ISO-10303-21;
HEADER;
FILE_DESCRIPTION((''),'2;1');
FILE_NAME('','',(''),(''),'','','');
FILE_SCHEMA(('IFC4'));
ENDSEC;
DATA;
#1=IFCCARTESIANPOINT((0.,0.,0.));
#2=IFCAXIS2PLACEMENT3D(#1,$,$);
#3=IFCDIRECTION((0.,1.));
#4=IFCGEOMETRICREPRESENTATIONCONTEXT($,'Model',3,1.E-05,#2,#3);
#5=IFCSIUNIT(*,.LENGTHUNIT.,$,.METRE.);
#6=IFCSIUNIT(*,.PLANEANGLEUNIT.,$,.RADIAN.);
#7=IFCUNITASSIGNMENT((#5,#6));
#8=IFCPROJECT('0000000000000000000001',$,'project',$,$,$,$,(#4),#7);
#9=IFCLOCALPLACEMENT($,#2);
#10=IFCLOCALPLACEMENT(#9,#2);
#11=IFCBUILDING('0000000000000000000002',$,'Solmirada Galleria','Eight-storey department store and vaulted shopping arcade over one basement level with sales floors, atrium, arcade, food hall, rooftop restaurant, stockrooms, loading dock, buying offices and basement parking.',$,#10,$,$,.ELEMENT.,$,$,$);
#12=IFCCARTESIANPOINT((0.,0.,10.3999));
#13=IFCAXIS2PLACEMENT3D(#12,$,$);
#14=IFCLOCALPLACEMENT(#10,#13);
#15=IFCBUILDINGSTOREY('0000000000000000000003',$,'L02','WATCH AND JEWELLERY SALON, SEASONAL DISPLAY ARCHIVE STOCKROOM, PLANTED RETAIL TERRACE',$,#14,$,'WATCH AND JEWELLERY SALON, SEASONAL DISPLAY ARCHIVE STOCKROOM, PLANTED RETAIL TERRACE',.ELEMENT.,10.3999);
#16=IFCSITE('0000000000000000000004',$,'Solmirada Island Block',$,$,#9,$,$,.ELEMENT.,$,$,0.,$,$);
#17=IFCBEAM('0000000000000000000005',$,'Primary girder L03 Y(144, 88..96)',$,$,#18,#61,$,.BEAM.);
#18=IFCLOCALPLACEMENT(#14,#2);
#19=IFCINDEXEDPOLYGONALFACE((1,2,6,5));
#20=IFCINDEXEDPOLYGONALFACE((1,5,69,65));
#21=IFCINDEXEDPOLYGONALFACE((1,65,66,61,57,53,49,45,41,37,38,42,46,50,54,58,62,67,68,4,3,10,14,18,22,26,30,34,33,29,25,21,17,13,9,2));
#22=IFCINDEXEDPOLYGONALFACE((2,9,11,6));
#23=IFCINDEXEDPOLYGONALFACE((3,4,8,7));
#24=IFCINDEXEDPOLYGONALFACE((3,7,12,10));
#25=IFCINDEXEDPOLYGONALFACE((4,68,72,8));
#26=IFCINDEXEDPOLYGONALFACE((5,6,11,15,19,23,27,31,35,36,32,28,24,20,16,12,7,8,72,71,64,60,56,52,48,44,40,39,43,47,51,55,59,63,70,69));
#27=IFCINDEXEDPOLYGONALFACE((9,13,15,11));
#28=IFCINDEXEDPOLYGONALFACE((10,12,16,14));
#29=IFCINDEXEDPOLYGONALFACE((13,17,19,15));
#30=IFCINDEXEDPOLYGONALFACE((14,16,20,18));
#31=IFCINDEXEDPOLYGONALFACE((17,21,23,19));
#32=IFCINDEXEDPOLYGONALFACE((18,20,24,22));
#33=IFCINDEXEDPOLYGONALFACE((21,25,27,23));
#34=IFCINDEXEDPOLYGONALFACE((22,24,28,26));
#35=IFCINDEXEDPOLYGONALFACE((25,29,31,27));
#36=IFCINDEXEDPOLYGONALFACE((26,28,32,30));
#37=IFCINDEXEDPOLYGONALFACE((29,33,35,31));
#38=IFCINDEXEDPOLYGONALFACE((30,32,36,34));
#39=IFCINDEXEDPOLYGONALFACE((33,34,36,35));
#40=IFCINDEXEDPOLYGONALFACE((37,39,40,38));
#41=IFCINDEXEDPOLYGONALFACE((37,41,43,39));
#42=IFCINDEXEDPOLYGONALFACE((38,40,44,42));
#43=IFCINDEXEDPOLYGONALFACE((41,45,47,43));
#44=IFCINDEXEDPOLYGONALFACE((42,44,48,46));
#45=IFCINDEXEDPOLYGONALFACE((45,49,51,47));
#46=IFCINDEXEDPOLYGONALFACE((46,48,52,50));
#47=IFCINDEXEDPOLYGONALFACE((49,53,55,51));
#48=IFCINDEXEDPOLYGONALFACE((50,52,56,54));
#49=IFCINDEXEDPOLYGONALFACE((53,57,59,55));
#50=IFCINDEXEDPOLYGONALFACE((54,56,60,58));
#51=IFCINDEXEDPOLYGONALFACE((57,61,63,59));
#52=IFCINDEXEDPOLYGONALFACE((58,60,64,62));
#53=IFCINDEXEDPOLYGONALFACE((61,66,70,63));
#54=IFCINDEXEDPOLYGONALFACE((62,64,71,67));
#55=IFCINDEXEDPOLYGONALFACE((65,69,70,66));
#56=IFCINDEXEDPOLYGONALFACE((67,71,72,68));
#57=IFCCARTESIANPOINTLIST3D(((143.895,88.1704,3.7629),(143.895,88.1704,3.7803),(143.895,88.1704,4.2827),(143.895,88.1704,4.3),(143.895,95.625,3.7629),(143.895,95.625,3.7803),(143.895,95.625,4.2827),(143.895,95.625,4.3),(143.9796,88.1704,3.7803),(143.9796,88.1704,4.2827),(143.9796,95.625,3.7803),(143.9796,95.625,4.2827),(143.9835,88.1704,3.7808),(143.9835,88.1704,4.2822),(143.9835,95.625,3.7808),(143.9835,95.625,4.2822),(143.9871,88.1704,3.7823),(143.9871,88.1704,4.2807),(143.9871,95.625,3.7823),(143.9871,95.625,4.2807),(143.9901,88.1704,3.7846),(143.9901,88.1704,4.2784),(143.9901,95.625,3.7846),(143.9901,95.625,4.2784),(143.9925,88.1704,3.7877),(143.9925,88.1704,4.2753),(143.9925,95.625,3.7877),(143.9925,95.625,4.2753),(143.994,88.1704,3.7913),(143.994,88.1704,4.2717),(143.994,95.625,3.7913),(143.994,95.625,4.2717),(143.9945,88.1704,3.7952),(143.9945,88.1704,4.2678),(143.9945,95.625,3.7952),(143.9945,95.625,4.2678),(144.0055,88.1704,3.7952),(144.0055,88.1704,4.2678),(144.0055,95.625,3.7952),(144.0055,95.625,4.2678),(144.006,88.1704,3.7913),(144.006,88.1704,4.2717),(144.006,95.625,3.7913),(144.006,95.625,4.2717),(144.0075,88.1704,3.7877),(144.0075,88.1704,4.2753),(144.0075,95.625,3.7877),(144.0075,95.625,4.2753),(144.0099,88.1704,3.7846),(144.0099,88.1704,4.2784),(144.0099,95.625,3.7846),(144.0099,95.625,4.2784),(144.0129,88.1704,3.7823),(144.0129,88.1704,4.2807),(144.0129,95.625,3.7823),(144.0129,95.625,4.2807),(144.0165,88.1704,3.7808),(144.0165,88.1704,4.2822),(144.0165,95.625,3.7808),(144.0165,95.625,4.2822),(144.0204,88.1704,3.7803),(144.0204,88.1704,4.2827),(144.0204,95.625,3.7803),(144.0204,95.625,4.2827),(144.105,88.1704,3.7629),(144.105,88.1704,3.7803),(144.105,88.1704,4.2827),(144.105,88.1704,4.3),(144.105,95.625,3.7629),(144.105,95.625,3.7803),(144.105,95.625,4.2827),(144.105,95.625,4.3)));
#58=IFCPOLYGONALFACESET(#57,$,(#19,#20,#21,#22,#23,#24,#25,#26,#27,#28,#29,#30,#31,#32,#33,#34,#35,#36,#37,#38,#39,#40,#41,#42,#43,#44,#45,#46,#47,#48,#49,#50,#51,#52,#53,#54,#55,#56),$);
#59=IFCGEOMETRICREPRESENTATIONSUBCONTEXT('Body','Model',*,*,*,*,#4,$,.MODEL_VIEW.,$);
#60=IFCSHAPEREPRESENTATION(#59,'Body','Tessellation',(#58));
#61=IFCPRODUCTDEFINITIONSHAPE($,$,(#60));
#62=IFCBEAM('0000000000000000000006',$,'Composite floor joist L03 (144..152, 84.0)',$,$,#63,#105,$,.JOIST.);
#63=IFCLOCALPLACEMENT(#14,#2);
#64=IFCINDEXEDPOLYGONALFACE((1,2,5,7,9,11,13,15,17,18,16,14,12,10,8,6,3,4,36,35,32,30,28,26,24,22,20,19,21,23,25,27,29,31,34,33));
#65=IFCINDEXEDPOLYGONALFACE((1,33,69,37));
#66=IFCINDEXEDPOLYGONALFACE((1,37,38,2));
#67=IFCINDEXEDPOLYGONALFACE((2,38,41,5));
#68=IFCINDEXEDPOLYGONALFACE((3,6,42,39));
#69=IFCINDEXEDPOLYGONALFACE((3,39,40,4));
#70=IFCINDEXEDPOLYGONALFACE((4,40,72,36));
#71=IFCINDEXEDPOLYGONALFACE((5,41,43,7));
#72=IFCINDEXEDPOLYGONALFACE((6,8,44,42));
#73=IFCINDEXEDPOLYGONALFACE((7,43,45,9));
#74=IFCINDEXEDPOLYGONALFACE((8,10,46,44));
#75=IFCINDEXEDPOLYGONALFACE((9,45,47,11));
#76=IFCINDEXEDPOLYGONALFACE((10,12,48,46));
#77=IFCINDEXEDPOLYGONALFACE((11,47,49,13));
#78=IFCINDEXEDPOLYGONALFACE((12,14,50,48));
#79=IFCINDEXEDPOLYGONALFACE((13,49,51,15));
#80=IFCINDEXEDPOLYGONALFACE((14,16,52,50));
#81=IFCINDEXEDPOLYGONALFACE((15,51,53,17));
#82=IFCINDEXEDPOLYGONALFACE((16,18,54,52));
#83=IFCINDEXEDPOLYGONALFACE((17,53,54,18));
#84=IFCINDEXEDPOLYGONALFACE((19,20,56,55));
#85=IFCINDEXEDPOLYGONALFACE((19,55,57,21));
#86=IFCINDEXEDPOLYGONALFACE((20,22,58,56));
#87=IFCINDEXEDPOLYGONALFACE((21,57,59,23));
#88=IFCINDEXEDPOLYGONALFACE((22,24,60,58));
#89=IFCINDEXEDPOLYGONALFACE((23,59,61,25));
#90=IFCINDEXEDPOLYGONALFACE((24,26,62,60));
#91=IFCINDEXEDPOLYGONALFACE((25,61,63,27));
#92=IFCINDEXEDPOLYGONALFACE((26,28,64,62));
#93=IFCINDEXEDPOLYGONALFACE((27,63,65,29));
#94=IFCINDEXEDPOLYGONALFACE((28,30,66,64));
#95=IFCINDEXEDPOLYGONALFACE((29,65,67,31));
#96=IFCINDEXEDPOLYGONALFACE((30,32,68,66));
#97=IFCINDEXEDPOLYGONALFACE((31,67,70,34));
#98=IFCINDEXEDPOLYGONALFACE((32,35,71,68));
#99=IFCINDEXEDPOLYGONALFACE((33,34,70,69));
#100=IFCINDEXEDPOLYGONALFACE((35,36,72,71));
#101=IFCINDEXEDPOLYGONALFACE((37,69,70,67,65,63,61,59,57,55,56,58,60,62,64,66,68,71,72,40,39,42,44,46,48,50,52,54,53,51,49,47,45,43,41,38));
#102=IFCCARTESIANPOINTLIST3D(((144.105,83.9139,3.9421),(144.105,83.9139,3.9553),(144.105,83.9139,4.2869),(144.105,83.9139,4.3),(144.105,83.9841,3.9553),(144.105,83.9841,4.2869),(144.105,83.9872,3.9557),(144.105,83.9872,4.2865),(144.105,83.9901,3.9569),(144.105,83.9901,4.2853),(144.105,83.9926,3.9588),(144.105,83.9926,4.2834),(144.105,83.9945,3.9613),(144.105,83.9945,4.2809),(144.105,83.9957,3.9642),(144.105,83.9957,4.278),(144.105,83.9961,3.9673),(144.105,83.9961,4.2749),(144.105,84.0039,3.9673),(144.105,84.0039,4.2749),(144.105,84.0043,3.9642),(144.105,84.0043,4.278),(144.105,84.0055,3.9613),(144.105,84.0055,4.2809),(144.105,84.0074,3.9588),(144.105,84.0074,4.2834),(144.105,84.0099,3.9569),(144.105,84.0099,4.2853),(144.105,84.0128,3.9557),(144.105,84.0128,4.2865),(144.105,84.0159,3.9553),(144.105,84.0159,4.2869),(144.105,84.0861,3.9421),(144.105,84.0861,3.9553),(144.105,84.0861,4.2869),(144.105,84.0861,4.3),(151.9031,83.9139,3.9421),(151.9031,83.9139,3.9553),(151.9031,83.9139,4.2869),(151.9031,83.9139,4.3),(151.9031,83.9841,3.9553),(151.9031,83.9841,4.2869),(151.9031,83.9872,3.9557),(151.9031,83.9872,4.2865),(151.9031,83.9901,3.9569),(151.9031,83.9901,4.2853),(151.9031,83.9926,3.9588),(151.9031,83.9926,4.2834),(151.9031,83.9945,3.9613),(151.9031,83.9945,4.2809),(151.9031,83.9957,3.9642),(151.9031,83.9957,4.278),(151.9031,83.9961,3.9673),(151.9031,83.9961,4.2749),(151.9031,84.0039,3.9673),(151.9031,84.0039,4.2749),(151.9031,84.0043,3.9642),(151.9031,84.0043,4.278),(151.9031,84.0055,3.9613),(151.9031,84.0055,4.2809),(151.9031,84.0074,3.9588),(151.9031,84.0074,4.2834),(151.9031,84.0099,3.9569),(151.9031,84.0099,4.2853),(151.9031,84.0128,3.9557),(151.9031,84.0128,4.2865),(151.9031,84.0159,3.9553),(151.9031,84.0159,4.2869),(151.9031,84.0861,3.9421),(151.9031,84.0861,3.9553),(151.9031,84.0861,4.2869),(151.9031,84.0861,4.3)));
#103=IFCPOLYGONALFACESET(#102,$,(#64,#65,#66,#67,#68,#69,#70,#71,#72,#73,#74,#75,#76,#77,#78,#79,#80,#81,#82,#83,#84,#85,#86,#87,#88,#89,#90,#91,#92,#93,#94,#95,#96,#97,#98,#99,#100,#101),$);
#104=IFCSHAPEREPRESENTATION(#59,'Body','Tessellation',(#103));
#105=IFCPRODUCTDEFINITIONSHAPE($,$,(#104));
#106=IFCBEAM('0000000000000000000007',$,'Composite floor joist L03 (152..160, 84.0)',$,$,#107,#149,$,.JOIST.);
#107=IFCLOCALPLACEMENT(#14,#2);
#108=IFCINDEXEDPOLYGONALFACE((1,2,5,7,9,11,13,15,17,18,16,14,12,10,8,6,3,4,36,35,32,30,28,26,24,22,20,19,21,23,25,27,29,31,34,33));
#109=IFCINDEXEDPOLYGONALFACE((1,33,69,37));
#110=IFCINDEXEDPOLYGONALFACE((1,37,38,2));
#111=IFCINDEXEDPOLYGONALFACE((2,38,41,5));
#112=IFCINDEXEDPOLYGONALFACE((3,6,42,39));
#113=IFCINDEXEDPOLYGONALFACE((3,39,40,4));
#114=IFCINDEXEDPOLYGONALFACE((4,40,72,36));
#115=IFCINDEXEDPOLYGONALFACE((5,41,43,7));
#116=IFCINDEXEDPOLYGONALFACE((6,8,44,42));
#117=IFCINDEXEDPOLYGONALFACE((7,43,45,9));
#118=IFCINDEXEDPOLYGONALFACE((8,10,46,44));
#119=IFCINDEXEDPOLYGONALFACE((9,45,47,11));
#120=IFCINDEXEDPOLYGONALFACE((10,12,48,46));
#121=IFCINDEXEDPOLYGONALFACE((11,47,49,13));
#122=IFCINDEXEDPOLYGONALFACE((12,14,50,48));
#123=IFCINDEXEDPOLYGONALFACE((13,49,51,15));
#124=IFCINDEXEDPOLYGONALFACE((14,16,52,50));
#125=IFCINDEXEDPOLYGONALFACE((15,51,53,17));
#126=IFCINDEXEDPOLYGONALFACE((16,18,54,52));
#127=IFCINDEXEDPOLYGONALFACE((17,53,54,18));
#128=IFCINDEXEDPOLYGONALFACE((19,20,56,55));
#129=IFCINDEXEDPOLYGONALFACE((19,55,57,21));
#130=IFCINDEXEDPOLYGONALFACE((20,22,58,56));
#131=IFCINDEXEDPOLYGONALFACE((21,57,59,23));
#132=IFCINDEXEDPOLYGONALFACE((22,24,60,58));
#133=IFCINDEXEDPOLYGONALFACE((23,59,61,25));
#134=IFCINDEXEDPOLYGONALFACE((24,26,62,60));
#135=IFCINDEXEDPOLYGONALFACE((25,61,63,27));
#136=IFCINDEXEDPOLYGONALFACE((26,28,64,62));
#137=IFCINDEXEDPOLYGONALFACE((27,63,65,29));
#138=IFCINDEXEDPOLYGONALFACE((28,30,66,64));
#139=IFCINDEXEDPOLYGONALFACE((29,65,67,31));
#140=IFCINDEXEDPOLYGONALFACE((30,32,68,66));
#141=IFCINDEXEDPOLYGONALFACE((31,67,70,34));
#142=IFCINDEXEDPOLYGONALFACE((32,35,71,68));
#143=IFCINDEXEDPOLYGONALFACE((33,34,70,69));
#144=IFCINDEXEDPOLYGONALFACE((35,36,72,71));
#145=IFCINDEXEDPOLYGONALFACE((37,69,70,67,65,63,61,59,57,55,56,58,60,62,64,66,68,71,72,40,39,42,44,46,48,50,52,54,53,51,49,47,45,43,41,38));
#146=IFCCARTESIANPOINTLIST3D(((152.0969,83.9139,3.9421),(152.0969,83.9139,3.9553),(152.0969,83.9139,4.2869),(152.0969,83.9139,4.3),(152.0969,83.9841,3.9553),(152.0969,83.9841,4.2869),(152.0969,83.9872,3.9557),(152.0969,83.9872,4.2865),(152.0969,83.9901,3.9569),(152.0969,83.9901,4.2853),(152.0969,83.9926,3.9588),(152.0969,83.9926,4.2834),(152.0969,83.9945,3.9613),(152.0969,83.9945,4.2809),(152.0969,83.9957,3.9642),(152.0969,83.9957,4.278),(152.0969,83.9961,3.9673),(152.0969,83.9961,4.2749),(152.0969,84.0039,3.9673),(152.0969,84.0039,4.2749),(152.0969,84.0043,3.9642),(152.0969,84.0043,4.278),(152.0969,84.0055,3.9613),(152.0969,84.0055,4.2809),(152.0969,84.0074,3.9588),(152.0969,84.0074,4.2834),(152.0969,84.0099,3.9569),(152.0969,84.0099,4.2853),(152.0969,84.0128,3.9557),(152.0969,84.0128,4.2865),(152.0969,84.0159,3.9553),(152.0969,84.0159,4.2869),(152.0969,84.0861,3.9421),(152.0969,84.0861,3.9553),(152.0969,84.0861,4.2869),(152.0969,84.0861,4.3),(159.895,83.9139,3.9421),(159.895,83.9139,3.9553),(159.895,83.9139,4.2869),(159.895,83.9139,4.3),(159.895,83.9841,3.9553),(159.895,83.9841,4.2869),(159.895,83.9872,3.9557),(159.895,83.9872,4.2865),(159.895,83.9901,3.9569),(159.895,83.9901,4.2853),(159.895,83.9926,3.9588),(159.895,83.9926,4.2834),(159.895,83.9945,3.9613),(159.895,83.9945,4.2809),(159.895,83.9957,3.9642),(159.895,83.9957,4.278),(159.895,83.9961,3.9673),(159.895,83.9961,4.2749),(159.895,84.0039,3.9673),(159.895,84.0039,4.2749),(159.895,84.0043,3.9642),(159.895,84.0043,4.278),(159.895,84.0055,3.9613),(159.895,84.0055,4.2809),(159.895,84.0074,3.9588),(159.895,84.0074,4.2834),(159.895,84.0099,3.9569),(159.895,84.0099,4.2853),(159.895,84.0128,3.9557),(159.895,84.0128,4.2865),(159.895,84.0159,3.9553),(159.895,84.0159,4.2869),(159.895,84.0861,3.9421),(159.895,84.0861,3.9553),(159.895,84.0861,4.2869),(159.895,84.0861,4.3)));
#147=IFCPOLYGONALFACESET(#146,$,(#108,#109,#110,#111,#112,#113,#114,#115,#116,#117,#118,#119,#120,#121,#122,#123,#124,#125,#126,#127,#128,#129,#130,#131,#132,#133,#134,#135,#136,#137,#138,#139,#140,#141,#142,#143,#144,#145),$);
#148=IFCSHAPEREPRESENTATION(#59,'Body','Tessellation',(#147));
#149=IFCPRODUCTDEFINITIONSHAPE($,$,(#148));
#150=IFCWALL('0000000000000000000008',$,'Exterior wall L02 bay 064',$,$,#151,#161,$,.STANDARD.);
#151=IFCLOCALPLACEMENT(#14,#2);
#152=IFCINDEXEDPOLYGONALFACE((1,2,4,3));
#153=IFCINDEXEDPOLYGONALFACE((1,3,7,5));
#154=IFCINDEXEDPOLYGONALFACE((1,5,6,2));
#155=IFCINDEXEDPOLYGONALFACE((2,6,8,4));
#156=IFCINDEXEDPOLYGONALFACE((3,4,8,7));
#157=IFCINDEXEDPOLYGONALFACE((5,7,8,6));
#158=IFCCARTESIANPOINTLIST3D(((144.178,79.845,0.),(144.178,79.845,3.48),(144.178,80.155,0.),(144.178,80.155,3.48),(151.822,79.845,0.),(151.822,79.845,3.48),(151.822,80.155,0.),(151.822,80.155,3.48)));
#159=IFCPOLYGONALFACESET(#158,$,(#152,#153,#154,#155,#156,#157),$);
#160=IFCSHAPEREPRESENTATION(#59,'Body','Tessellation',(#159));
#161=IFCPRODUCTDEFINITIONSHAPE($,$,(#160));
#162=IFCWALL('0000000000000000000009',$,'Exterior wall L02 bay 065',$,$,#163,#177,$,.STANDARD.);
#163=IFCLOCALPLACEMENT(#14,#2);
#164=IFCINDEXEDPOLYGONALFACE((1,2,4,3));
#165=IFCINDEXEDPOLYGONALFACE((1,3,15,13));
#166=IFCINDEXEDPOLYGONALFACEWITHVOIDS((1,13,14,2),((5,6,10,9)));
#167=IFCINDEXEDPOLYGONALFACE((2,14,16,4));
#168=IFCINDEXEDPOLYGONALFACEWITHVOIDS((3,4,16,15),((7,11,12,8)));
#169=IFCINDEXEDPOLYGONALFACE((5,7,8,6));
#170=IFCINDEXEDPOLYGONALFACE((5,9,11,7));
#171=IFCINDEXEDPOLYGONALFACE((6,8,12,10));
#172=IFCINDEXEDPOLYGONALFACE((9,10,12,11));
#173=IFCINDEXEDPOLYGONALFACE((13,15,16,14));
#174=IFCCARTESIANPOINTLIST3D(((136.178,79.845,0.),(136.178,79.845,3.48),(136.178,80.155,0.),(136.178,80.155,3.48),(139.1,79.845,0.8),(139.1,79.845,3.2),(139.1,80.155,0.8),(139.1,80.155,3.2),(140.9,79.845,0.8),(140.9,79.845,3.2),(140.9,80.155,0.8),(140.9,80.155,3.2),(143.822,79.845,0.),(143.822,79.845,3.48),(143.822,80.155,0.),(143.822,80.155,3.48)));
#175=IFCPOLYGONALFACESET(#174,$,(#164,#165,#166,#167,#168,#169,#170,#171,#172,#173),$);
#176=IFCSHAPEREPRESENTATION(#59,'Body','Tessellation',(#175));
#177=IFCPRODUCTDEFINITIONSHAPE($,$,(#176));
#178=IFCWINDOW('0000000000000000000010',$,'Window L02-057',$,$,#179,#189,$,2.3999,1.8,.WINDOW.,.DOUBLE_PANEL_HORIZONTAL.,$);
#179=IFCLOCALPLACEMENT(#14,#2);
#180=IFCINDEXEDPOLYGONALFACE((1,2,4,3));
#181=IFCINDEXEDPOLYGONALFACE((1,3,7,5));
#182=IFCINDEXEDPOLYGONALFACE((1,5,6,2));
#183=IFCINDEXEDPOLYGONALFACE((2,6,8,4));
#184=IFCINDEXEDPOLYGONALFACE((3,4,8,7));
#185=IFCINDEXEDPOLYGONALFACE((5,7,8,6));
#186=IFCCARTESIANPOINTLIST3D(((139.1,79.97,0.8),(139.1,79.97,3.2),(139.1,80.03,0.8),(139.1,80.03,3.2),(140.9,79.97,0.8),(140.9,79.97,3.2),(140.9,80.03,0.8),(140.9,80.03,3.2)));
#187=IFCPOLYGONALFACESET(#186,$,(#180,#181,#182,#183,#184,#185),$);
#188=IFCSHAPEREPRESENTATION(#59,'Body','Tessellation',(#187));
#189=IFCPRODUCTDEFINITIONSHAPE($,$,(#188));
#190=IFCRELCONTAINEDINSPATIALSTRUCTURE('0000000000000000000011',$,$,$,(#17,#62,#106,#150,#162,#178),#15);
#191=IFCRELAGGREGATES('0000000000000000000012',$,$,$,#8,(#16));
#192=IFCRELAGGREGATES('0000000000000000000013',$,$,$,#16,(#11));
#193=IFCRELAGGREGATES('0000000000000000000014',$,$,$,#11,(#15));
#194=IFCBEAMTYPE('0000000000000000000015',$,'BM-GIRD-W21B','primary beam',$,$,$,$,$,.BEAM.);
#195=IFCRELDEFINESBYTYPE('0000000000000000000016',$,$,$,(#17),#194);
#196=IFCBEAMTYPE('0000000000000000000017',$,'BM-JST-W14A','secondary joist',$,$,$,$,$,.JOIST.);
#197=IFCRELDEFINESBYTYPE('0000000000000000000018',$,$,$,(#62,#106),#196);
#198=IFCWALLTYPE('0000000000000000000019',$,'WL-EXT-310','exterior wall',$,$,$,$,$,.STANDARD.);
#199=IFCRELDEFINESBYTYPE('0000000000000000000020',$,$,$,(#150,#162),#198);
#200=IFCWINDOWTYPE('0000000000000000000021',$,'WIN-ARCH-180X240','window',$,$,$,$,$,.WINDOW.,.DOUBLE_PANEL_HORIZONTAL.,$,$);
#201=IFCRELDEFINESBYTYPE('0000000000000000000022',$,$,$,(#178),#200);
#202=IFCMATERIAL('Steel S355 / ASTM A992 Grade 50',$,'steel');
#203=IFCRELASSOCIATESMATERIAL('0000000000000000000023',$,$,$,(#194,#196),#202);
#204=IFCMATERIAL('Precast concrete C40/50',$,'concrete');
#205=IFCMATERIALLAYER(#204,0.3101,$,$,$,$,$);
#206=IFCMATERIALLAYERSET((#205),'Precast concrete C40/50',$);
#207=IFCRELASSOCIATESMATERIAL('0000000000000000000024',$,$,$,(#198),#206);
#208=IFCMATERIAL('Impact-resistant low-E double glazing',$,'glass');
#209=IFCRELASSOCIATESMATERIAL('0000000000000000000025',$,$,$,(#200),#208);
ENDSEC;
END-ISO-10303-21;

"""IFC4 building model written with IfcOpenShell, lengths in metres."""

from ifc_helpers import new_model, si_unit, direction, frame, frame_2d, origin, origin_2d, place, context, subcontext, project, spatial, rectangle, i_section, extrude, material, layer, layer_set, material_profile, profile_set, type_object, element, fill, save


model = new_model("IFC4")

# Units and contexts
model_context = context("Model", 3, precision=1e-05, world=origin(), true_north=direction((0.0, 1.0)))
body_context = subcontext(model_context, "Body", "Model", "MODEL_VIEW")
ifc_project = project(units=[si_unit("LENGTHUNIT", "METRE"), si_unit("PLANEANGLEUNIT", "RADIAN")], contexts=[model_context])

# Site, building, storey
site_placement = place(None, origin())
site = spatial("IfcSite", under=ifc_project, at=site_placement, Name="Solmirada Island Block", CompositionType="ELEMENT", RefElevation=0.0)
building_placement = place(site_placement, origin())
building = spatial("IfcBuilding", under=site, at=building_placement, Name="Solmirada Galleria", Description="Eight-storey department store and vaulted shopping arcade over one basement level with sales floors, atrium, arcade, food hall, rooftop restaurant, stockrooms, loading dock, buying offices and basement parking.", CompositionType="ELEMENT")
storey_placement = place(building_placement, frame((0.0, 0.0, 10.3999)))
storey = spatial("IfcBuildingStorey", under=building, at=storey_placement, Name="L02", Description="WATCH AND JEWELLERY SALON, SEASONAL DISPLAY ARCHIVE STOCKROOM, PLANTED RETAIL TERRACE", LongName="WATCH AND JEWELLERY SALON, SEASONAL DISPLAY ARCHIVE STOCKROOM, PLANTED RETAIL TERRACE", CompositionType="ELEMENT", Elevation=10.3999)

# Beams
ifc_material_1 = material(Name="Steel S355 / ASTM A992 Grade 50", Category="steel")
ifc_material_profile_1 = material_profile(ifc_material_1, i_section(OverallWidth=0.21, OverallDepth=0.5371, WebThickness=0.011, FlangeThickness=0.0173, FilletRadius=0.0149, at=origin_2d()), Name="W21X68")
ifc_profile_set_1 = profile_set([ifc_material_profile_1], Name="Steel S355 / ASTM A992 Grade 50")
beam_type_1 = type_object("IfcBeamType", Name="BM-GIRD-W21B", Description="primary beam", PredefinedType="BEAM", material=ifc_profile_set_1)
beam_1_placement = place(storey_placement, frame((144.0, 88.1704, 4.0315), z_axis=(0.0, 1.0, 0.0), x_axis=(-1.0, 0.0, 0.0)))
element("IfcBeam", 1, at=beam_1_placement, inside=storey, type_object=beam_type_1, Name="Primary girder L03 Y(144, 88..96)", PredefinedType="BEAM", context=body_context, shape_type="SweptSolid", body=[
    extrude(i_section(OverallWidth=0.21, OverallDepth=0.5371, WebThickness=0.011, FlangeThickness=0.0173, FilletRadius=0.0149, at=origin_2d()), origin(), (0.0, 0.0, 1.0), 7.4546),
])
ifc_material_profile_2 = material_profile(ifc_material_1, i_section(OverallWidth=0.1721, OverallDepth=0.3579, WebThickness=0.0078, FlangeThickness=0.0132, FilletRadius=0.012, at=origin_2d()), Name="W14X38")
ifc_profile_set_2 = profile_set([ifc_material_profile_2], Name="Steel S355 / ASTM A992 Grade 50")
beam_type_2 = type_object("IfcBeamType", Name="BM-JST-W14A", Description="secondary joist", PredefinedType="JOIST", material=ifc_profile_set_2)
for number, where, z_axis, x_axis, name in (
    (2, (144.105, 84.0, 4.1211), (1.0, 0.0, 0.0), (0.0, 1.0, 0.0), "Composite floor joist L03 (144..152, 84.0)"),
    (3, (152.0969, 84.0, 4.1211), (1.0, 0.0, 0.0), (0.0, 1.0, 0.0), "Composite floor joist L03 (152..160, 84.0)"),
):
    element("IfcBeam", number, at=place(storey_placement, frame(where, z_axis=z_axis, x_axis=x_axis)), inside=storey, type_object=beam_type_2, Name=name, PredefinedType="JOIST", context=body_context, shape_type="SweptSolid", body=[
        extrude(i_section(OverallWidth=0.1721, OverallDepth=0.3579, WebThickness=0.0078, FlangeThickness=0.0132, FilletRadius=0.012, at=origin_2d()), origin(), (0.0, 0.0, 1.0), 7.7981),
    ])

# Wall
ifc_material_2 = material(Name="Precast concrete C40/50", Category="concrete")
ifc_layer_1 = layer(ifc_material_2, 0.3101)
ifc_layer_set_1 = layer_set([ifc_layer_1], Name="Precast concrete C40/50")
wall_type_1 = type_object("IfcWallType", Name="WL-EXT-310", Description="exterior wall", PredefinedType="STANDARD", material=ifc_layer_set_1)
wall_1_placement = place(storey_placement, frame((151.822, 80.0, 0.0), z_axis=(0.0, 0.0, 1.0), x_axis=(-1.0, 0.0, 0.0)))
element("IfcWall", 4, at=wall_1_placement, inside=storey, type_object=wall_type_1, Name="Exterior wall L02 bay 064", PredefinedType="STANDARD", context=body_context, shape_type="SweptSolid", body=[
    extrude(rectangle(XDim=7.644, YDim=0.3101, at=frame_2d((3.822, 0.0))), origin(), (0.0, 0.0, 1.0), 3.48),
])

# Wall, opening, window
wall_2_placement = place(storey_placement, frame((143.822, 80.0, 0.0), z_axis=(0.0, 0.0, 1.0), x_axis=(-1.0, 0.0, 0.0)))
wall_2 = element("IfcWall", 5, at=wall_2_placement, inside=storey, type_object=wall_type_1, Name="Exterior wall L02 bay 065", PredefinedType="STANDARD", context=body_context, shape_type="SweptSolid", body=[
    extrude(rectangle(XDim=7.644, YDim=0.3101, at=frame_2d((3.822, 0.0))), origin(), (0.0, 0.0, 1.0), 3.48),
])
opening_1_placement = place(wall_2_placement, frame((2.9221, 0.0, 0.8)))
opening_1 = element("IfcOpeningElement", 6, at=opening_1_placement, cuts=wall_2, PredefinedType="OPENING", context=body_context, shape_type="SweptSolid", body=[
    extrude(rectangle(XDim=1.8, YDim=2.3999, at=frame_2d((0.8999, 1.2))), frame((0.0, 0.165, 0.0), z_axis=(0.0, -1.0, 0.0), x_axis=(1.0, 0.0, 0.0)), (0.0, 0.0, 1.0), 0.3301),
])
ifc_material_3 = material(Name="Impact-resistant low-E double glazing", Category="glass")
window_type = type_object("IfcWindowType", Name="WIN-ARCH-180X240", Description="window", PartitioningType="DOUBLE_PANEL_HORIZONTAL", PredefinedType="WINDOW", material=ifc_material_3)
window_placement = place(opening_1_placement, origin())
window = element("IfcWindow", 7, at=window_placement, inside=storey, type_object=window_type, Name="Window L02-057", OverallHeight=2.3999, OverallWidth=1.8, PartitioningType="DOUBLE_PANEL_HORIZONTAL", PredefinedType="WINDOW", context=body_context, shape_type="SweptSolid", body=[
    extrude(rectangle(XDim=1.8, YDim=2.3999, at=frame_2d((0.8999, 1.2))), frame((0.0, 0.03, 0.0), z_axis=(0.0, -1.0, 0.0), x_axis=(1.0, 0.0, 0.0)), (0.0, 0.0, 1.0), 0.0601),
])
fill(opening_1, window)

save(model, "model.ifc")
